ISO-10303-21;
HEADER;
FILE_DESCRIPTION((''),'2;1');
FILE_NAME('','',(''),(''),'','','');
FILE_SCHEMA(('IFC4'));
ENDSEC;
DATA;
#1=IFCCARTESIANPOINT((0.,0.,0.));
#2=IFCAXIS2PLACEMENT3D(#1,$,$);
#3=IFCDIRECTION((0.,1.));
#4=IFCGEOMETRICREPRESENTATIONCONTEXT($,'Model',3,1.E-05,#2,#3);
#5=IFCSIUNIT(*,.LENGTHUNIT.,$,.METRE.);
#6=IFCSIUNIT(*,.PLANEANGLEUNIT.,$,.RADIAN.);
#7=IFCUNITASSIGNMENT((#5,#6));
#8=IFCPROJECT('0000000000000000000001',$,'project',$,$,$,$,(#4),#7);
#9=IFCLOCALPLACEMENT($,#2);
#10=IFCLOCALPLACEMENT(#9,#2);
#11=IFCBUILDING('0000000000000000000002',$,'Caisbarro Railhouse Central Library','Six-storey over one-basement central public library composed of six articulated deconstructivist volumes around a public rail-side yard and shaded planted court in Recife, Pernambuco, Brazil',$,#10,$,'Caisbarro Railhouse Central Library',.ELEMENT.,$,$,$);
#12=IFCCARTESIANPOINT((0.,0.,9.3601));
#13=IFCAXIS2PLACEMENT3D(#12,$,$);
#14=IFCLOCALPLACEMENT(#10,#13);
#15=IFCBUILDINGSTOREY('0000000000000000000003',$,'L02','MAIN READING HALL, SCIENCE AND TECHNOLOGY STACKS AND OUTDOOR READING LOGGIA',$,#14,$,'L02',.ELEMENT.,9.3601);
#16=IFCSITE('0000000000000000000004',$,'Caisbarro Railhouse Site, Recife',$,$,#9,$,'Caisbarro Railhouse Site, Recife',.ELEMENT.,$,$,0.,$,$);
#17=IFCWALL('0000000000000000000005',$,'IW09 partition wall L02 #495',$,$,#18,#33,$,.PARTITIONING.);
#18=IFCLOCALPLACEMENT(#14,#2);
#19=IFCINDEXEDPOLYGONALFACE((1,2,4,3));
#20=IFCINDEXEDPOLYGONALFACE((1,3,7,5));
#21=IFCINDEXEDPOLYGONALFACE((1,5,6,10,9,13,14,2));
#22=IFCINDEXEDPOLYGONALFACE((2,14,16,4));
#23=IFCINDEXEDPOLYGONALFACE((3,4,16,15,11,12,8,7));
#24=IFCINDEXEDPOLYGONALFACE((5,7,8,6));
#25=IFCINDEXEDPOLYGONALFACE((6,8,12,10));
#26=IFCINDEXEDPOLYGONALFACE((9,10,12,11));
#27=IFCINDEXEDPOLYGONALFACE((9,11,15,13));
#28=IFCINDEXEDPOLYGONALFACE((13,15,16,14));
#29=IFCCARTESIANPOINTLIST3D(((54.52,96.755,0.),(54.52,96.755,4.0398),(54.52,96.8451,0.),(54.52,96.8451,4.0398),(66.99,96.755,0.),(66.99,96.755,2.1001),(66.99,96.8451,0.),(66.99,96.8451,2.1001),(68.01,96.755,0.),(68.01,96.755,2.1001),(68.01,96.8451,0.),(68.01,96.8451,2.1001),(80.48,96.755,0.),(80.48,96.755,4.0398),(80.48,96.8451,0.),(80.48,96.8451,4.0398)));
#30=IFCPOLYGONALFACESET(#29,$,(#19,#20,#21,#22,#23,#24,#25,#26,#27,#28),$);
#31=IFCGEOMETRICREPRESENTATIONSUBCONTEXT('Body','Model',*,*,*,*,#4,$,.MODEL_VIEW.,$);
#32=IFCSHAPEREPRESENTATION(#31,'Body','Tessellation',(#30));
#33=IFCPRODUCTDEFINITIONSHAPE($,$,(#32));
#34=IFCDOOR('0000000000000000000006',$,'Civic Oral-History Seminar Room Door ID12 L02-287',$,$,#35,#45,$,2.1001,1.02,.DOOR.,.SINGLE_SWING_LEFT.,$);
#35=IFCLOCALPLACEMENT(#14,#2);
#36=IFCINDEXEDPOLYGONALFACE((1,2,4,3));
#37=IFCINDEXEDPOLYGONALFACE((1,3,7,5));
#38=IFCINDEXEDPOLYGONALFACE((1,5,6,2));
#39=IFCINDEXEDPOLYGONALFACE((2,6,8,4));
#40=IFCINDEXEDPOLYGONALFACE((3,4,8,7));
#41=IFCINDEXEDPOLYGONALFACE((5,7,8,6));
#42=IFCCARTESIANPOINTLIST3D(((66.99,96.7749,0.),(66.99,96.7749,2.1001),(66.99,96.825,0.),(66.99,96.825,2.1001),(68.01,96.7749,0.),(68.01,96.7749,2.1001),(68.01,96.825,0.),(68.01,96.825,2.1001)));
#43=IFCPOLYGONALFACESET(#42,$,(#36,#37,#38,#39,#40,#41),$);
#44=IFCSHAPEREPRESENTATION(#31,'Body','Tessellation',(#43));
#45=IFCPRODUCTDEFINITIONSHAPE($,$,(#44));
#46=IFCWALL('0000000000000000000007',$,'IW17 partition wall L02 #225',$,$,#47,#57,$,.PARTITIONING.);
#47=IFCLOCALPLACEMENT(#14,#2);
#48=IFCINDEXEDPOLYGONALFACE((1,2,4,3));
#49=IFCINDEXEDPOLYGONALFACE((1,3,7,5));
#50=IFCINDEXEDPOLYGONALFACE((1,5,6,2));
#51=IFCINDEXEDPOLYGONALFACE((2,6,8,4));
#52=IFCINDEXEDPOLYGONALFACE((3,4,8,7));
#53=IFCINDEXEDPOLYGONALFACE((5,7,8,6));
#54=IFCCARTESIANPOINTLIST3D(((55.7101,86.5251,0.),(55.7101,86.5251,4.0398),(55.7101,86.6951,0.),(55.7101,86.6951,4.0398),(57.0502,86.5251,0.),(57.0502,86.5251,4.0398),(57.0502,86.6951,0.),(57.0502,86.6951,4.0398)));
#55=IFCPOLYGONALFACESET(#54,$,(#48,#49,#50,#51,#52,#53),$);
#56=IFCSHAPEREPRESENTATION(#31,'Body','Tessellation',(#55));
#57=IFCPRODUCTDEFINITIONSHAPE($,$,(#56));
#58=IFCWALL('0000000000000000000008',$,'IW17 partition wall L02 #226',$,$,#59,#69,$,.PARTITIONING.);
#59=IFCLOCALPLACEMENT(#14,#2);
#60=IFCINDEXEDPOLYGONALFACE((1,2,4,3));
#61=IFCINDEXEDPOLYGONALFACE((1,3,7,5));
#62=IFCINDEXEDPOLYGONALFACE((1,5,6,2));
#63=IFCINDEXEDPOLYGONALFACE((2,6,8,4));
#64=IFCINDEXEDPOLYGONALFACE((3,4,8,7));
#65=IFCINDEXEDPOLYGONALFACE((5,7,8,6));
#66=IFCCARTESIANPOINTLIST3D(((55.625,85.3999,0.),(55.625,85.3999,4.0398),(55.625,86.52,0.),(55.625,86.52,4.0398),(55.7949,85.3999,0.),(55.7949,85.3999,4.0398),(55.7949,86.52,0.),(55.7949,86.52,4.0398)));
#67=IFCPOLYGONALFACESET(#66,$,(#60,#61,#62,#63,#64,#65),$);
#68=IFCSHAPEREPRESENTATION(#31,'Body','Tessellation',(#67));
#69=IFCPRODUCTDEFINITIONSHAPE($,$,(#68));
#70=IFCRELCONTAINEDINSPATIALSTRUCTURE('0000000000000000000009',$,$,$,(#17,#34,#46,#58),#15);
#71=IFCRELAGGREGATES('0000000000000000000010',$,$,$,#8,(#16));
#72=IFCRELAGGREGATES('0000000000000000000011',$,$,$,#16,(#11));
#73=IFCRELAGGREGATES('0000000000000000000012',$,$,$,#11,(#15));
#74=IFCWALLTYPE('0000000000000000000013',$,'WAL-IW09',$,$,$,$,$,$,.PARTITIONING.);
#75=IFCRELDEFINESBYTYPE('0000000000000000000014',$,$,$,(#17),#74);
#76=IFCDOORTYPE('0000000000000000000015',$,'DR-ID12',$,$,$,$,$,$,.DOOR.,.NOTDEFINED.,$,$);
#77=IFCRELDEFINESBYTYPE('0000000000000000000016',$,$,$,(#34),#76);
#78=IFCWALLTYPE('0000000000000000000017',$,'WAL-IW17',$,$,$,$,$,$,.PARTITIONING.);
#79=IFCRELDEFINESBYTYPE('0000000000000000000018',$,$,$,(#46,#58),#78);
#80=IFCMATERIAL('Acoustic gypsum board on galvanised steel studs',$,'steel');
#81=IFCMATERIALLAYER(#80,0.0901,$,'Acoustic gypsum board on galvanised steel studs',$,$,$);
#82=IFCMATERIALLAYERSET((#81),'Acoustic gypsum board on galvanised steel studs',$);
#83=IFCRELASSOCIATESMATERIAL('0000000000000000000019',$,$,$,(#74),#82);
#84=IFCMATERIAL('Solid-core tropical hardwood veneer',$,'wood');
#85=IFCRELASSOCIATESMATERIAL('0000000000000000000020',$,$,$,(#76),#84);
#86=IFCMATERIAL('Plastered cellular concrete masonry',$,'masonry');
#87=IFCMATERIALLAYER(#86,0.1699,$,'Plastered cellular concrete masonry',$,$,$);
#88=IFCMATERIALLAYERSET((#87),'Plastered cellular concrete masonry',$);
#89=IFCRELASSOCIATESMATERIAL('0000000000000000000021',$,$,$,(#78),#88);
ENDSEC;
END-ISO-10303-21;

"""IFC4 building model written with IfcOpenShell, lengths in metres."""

from ifc_helpers import new_model, si_unit, direction, frame, frame_2d, origin, place, context, subcontext, project, spatial, rectangle, extrude, material, layer, layer_set, type_object, element, fill, save


model = new_model("IFC4")

# Units and contexts
model_context = context("Model", 3, precision=1e-05, world=origin(), true_north=direction((0.0, 1.0)))
body_context = subcontext(model_context, "Body", "Model", "MODEL_VIEW")
ifc_project = project(units=[si_unit("LENGTHUNIT", "METRE"), si_unit("PLANEANGLEUNIT", "RADIAN")], contexts=[model_context])

# Site, building, storey
site_placement = place(None, origin())
site = spatial("IfcSite", under=ifc_project, at=site_placement, Name="Caisbarro Railhouse Site, Recife", LongName="Caisbarro Railhouse Site, Recife", CompositionType="ELEMENT", RefElevation=0.0)
building_placement = place(site_placement, origin())
building = spatial("IfcBuilding", under=site, at=building_placement, Name="Caisbarro Railhouse Central Library", Description="Six-storey over one-basement central public library composed of six articulated deconstructivist volumes around a public rail-side yard and shaded planted court in Recife, Pernambuco, Brazil", LongName="Caisbarro Railhouse Central Library", CompositionType="ELEMENT")
storey_placement = place(building_placement, frame((0.0, 0.0, 9.3601)))
storey = spatial("IfcBuildingStorey", under=building, at=storey_placement, Name="L02", Description="MAIN READING HALL, SCIENCE AND TECHNOLOGY STACKS AND OUTDOOR READING LOGGIA", LongName="L02", CompositionType="ELEMENT", Elevation=9.3601)

# Wall, opening, door
ifc_material_1 = material(Name="Acoustic gypsum board on galvanised steel studs", Category="steel")
ifc_layer_1 = layer(ifc_material_1, 0.0901, Name="Acoustic gypsum board on galvanised steel studs")
ifc_layer_set_1 = layer_set([ifc_layer_1], Name="Acoustic gypsum board on galvanised steel studs")
wall_type_1 = type_object("IfcWallType", Name="WAL-IW09", PredefinedType="PARTITIONING", material=ifc_layer_set_1)
ifc_material_2 = material(Name="Solid-core tropical hardwood veneer", Category="wood")
wall_1_placement = place(storey_placement, frame((54.52, 96.8, 0.0), z_axis=(0.0, 0.0, 1.0), x_axis=(1.0, 0.0, 0.0)))
wall_1 = element("IfcWall", 1, at=wall_1_placement, inside=storey, type_object=wall_type_1, Name="IW09 partition wall L02 #495", PredefinedType="PARTITIONING", context=body_context, shape_type="SweptSolid", body=[
    extrude(rectangle(XDim=25.96, YDim=0.0901, at=frame_2d((12.98, 0.0))), origin(), (0.0, 0.0, 1.0), 4.0398),
])
opening_1_placement = place(wall_1_placement, frame((12.47, 0.0, 0.0)))
opening_1 = element("IfcOpeningElement", 2, at=opening_1_placement, cuts=wall_1, PredefinedType="OPENING", context=body_context, shape_type="SweptSolid", body=[
    extrude(rectangle(XDim=1.02, YDim=2.1001, at=frame_2d((0.51, 1.05))), frame((0.0, 0.0552, 0.0), z_axis=(0.0, -1.0, 0.0), x_axis=(1.0, 0.0, 0.0)), (0.0, 0.0, 1.0), 0.1101),
])
door_type_1 = type_object("IfcDoorType", Name="DR-ID12", OperationType="NOTDEFINED", PredefinedType="DOOR", material=ifc_material_2)
door_1_placement = place(opening_1_placement, origin())
door_1 = element("IfcDoor", 3, at=door_1_placement, inside=storey, type_object=door_type_1, Name="Civic Oral-History Seminar Room Door ID12 L02-287", OperationType="SINGLE_SWING_LEFT", OverallHeight=2.1001, OverallWidth=1.02, PredefinedType="DOOR", context=body_context, shape_type="SweptSolid", body=[
    extrude(rectangle(XDim=1.02, YDim=2.1001, at=frame_2d((0.51, 1.05))), frame((0.0, 0.0249, 0.0), z_axis=(0.0, -1.0, 0.0), x_axis=(1.0, 0.0, 0.0)), (0.0, 0.0, 1.0), 0.05),
])
fill(opening_1, door_1)

# Walls
ifc_material_3 = material(Name="Plastered cellular concrete masonry", Category="masonry")
ifc_layer_2 = layer(ifc_material_3, 0.1699, Name="Plastered cellular concrete masonry")
ifc_layer_set_2 = layer_set([ifc_layer_2], Name="Plastered cellular concrete masonry")
wall_type_2 = type_object("IfcWallType", Name="WAL-IW17", PredefinedType="PARTITIONING", material=ifc_layer_set_2)
wall_2_placement = place(storey_placement, frame((57.05, 86.6101, 0.0), z_axis=(0.0, 0.0, 1.0), x_axis=(-1.0, 0.0, 0.0)))
element("IfcWall", 4, at=wall_2_placement, inside=storey, type_object=wall_type_2, Name="IW17 partition wall L02 #225", PredefinedType="PARTITIONING", context=body_context, shape_type="SweptSolid", body=[
    extrude(rectangle(XDim=1.3401, YDim=0.1699, at=frame_2d((0.6699, 0.0))), origin(), (0.0, 0.0, 1.0), 4.0398),
])
wall_3_placement = place(storey_placement, frame((55.71, 86.52, 0.0), z_axis=(0.0, 0.0, 1.0), x_axis=(0.0, -1.0, 0.0)))
element("IfcWall", 5, at=wall_3_placement, inside=storey, type_object=wall_type_2, Name="IW17 partition wall L02 #226", PredefinedType="PARTITIONING", context=body_context, shape_type="SweptSolid", body=[
    extrude(rectangle(XDim=1.1201, YDim=0.1699, at=frame_2d((0.5601, 0.0))), origin(), (0.0, 0.0, 1.0), 4.0398),
])

save(model, "model.ifc")
